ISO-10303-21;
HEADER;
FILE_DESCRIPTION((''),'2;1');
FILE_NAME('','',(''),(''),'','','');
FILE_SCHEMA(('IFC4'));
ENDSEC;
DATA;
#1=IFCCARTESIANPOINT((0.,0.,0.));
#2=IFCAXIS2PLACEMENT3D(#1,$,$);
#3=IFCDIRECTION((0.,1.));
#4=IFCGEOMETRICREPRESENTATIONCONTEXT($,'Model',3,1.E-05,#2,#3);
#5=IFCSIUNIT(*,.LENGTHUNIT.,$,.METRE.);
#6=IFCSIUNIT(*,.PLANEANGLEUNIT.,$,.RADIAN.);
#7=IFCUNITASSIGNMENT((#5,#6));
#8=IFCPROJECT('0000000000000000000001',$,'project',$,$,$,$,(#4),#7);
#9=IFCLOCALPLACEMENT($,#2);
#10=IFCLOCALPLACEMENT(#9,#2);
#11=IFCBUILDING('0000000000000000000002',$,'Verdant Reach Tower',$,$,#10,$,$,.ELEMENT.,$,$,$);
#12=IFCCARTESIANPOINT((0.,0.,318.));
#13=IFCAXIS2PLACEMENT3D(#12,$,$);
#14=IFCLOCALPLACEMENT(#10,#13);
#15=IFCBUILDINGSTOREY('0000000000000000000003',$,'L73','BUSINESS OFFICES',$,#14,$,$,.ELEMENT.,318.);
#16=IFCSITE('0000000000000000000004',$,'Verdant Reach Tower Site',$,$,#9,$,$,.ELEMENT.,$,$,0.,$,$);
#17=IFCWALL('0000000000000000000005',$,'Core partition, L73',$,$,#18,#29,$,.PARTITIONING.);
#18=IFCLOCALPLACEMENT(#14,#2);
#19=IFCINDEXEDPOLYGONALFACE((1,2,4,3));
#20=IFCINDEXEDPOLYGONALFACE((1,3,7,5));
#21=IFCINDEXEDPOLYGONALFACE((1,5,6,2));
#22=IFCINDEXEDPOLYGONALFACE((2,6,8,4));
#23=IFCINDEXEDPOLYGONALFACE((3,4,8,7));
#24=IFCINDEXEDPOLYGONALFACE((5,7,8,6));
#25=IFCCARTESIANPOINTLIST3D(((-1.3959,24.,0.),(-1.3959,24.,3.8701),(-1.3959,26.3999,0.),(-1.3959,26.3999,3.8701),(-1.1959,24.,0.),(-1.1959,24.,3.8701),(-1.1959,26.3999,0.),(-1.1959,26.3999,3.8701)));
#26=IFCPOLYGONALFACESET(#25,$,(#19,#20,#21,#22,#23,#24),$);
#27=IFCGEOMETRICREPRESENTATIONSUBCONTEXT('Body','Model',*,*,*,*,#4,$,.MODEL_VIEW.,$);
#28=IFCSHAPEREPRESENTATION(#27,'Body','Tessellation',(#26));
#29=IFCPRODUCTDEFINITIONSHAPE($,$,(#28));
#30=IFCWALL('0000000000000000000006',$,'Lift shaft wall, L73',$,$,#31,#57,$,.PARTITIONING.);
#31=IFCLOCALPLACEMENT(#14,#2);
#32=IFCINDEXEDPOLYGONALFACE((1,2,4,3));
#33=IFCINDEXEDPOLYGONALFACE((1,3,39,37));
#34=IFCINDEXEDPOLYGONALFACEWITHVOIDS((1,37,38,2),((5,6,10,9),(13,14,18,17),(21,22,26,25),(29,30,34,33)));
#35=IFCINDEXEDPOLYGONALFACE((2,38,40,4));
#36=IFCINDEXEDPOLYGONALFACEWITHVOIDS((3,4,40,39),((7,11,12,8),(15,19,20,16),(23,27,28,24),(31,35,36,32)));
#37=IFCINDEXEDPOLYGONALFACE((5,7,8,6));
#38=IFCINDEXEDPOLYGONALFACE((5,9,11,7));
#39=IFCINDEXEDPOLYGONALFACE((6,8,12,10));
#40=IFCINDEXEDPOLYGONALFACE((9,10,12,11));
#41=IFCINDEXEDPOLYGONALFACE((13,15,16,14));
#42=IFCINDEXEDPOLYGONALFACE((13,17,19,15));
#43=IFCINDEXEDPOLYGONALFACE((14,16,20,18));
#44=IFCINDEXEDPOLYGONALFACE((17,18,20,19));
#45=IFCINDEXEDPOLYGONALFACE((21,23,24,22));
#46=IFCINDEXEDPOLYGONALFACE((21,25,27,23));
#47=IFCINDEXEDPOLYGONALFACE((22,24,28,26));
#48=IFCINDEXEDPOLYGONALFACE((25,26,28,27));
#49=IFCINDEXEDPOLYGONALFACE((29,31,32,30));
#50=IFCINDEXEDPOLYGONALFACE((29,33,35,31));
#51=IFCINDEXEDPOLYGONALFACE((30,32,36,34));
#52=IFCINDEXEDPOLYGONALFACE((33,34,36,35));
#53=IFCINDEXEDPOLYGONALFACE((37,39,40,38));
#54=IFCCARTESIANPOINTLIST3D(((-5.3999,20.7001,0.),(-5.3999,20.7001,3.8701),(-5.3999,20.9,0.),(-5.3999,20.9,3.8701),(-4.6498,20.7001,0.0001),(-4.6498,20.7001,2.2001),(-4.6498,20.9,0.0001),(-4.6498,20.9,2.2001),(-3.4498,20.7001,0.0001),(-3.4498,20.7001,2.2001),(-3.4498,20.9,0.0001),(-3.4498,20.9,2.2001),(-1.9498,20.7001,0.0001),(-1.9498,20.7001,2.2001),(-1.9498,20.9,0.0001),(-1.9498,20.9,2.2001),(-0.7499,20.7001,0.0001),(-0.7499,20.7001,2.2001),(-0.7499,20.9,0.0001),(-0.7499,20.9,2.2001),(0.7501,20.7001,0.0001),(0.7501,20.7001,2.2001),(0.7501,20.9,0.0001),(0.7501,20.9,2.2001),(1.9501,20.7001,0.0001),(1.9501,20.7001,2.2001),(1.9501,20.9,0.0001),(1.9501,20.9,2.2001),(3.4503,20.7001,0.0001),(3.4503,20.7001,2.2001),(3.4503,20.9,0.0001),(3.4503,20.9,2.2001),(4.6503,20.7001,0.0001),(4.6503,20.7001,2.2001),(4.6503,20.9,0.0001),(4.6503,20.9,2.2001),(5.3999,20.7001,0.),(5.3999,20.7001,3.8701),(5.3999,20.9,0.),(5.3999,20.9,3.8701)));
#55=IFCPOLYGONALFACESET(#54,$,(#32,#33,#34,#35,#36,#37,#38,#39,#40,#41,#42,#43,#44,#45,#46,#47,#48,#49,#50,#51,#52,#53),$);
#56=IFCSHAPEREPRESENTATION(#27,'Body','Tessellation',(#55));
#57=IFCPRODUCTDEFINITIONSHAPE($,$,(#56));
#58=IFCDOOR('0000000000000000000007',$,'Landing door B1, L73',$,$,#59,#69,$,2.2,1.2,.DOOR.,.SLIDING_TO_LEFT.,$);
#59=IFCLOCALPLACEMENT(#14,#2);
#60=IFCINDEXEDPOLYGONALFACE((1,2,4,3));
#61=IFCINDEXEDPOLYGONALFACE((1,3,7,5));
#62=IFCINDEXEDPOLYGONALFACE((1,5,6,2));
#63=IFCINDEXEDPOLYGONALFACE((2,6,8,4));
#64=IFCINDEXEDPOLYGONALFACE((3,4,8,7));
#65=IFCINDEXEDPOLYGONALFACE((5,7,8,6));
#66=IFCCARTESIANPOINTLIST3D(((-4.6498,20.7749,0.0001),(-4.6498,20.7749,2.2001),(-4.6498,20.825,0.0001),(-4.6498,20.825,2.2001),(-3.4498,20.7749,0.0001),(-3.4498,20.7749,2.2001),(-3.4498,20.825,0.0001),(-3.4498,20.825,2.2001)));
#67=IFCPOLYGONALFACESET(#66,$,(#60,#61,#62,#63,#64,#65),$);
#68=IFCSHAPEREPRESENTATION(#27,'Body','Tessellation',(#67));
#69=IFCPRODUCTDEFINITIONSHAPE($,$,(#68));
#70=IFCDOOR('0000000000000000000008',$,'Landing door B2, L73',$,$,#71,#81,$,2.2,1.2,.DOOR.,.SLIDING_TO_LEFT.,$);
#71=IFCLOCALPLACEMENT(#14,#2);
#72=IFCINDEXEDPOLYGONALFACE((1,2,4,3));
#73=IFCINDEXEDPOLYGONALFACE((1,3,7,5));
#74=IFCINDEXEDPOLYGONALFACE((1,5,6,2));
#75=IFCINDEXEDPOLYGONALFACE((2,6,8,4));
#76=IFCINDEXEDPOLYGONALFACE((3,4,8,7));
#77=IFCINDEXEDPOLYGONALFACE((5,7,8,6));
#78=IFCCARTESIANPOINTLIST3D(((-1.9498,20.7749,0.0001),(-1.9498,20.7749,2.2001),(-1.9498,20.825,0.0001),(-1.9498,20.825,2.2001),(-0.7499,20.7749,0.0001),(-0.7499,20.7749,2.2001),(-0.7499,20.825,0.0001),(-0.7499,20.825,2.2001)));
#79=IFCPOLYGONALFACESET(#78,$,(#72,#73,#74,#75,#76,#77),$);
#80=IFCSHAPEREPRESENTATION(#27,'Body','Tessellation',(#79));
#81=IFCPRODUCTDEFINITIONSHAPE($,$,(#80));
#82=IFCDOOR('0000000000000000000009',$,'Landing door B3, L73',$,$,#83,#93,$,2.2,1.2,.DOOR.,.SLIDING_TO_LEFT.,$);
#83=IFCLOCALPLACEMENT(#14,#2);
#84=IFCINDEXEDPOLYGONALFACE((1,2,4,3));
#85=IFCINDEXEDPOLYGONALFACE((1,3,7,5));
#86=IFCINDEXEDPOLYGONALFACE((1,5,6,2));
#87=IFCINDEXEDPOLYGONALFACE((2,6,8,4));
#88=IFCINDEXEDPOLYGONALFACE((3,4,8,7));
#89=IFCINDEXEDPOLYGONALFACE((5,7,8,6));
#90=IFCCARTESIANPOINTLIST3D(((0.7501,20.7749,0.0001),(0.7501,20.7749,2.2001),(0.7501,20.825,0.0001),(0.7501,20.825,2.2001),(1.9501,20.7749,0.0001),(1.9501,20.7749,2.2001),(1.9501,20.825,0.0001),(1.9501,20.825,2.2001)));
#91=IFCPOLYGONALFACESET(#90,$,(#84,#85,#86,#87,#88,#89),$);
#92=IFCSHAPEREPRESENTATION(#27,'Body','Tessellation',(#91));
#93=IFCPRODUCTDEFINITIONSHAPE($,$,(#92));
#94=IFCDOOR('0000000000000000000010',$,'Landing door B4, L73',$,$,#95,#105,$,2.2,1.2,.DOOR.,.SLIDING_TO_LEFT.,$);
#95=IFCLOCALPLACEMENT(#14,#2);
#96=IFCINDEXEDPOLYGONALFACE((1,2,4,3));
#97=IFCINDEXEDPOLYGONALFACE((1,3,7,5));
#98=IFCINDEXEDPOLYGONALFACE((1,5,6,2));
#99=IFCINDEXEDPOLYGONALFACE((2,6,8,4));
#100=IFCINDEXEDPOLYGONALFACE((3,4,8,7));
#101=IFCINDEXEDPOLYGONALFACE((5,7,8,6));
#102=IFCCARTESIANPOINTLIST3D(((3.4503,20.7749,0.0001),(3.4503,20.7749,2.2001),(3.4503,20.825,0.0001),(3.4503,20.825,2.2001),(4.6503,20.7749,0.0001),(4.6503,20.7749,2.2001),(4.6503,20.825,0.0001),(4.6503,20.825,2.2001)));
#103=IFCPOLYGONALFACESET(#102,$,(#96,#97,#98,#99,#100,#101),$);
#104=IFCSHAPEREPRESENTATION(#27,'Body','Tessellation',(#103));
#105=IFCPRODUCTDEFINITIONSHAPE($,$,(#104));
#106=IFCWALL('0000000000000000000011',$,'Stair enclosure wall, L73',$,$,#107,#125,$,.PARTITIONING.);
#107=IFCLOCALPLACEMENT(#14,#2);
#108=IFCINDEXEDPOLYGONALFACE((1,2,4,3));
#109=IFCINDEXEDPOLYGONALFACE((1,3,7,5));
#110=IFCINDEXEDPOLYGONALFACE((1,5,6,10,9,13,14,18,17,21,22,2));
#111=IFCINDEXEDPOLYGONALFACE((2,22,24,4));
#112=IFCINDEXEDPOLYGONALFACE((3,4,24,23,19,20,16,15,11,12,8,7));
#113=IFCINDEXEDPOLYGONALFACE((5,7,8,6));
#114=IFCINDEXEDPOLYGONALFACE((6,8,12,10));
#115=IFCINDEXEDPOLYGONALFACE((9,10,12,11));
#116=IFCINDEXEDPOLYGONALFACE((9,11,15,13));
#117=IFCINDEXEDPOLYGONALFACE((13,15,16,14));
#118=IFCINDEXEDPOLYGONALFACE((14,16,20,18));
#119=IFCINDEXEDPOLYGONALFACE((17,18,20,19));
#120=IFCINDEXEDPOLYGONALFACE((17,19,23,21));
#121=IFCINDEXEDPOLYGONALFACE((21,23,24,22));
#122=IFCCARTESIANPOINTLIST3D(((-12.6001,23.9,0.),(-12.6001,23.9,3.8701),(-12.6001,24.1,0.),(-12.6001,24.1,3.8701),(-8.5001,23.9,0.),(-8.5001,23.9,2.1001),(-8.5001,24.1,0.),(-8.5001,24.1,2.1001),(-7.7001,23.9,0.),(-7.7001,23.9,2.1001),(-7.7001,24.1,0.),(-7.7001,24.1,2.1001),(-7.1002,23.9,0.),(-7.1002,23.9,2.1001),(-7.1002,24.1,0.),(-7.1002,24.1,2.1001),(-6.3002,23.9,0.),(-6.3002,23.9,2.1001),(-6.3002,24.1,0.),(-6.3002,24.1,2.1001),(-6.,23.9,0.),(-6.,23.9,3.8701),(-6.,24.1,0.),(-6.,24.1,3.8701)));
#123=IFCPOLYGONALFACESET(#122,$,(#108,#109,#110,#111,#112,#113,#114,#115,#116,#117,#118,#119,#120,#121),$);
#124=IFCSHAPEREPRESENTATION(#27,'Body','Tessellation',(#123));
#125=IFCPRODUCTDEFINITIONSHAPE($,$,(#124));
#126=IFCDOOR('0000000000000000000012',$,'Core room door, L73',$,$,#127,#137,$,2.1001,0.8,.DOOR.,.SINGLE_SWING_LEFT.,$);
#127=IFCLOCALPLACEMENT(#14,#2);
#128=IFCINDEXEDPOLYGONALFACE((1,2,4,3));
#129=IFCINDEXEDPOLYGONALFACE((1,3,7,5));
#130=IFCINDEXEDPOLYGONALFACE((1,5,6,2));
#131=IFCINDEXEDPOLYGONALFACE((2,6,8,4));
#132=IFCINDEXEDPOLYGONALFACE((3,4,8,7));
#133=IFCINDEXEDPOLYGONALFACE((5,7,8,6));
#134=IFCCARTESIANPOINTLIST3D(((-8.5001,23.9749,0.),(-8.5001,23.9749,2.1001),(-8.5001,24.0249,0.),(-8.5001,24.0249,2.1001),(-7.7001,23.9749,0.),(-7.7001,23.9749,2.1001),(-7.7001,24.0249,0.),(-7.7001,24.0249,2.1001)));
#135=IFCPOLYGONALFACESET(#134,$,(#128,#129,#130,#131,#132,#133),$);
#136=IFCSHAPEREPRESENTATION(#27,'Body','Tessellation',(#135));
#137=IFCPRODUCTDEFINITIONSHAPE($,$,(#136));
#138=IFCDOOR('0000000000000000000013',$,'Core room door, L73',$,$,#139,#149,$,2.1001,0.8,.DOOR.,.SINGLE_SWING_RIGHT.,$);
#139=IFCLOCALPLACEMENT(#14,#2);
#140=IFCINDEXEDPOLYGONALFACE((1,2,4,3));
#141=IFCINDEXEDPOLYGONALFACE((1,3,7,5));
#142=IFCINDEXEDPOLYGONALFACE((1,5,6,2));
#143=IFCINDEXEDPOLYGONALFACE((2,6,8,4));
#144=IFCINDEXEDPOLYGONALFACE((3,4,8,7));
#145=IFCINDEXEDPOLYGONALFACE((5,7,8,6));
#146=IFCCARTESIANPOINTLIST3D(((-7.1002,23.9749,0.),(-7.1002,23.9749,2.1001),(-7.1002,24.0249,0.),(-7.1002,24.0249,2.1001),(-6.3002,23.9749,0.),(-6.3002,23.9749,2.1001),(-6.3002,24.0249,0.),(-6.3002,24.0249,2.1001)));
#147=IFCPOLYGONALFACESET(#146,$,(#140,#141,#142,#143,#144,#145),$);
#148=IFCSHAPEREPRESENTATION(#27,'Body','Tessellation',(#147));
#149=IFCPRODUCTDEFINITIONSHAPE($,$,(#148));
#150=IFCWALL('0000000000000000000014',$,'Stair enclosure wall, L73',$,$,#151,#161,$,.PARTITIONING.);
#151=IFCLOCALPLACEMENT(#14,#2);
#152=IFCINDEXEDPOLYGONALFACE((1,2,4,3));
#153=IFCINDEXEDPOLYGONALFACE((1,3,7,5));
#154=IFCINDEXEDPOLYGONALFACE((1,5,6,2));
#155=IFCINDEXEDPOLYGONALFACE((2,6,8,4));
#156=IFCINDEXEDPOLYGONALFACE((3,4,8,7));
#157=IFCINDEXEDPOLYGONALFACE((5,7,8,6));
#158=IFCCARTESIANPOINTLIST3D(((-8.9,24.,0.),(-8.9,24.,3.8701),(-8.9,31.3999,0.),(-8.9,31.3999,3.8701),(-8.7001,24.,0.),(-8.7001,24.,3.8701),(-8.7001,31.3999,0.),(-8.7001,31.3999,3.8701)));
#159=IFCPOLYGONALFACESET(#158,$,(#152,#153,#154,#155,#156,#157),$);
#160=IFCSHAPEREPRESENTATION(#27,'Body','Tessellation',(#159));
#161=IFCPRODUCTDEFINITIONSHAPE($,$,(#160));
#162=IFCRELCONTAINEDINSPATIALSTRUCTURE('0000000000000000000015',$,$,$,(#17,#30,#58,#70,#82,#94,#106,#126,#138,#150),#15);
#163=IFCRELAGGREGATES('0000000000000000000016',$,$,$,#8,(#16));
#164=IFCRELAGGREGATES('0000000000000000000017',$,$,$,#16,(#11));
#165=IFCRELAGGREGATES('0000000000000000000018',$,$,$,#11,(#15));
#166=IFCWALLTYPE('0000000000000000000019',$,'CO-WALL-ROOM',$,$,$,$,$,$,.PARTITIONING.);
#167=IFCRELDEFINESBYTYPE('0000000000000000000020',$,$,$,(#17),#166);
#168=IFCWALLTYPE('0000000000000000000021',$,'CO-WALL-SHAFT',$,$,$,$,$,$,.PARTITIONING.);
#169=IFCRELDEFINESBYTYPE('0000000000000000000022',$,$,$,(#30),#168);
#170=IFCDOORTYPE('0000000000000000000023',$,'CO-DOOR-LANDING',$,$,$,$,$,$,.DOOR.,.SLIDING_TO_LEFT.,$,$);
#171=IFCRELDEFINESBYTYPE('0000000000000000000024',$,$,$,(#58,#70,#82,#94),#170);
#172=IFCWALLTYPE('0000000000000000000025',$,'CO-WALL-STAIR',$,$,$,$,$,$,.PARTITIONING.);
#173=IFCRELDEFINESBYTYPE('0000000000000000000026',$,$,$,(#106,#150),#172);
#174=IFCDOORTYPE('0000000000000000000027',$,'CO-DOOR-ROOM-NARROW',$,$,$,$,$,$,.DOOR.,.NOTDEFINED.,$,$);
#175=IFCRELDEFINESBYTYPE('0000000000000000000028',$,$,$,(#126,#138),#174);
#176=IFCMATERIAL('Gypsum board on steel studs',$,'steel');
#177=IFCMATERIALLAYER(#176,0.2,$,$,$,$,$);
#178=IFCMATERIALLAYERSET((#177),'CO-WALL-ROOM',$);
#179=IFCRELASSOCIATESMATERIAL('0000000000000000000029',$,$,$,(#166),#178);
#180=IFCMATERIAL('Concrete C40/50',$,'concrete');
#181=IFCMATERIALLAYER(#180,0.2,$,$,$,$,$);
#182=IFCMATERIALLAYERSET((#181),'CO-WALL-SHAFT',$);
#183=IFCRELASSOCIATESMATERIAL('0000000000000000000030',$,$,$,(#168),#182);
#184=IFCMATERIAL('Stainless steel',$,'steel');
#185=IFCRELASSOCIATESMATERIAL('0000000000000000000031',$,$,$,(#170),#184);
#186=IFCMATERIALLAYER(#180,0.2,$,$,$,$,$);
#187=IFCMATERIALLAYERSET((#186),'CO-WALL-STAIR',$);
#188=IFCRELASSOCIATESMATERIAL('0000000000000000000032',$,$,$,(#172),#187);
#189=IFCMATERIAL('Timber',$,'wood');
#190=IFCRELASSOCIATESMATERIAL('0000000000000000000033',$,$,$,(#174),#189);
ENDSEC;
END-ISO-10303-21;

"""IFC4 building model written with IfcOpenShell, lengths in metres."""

from ifc_helpers import new_model, si_unit, direction, frame, frame_2d, origin, place, context, subcontext, project, spatial, rectangle, extrude, material, layer, layer_set, type_object, element, fill, save


model = new_model("IFC4")

# Units and contexts
model_context = context("Model", 3, precision=1e-05, world=origin(), true_north=direction((0.0, 1.0)))
body_context = subcontext(model_context, "Body", "Model", "MODEL_VIEW")
ifc_project = project(units=[si_unit("LENGTHUNIT", "METRE"), si_unit("PLANEANGLEUNIT", "RADIAN")], contexts=[model_context])

# Site, building, storey
site_placement = place(None, origin())
site = spatial("IfcSite", under=ifc_project, at=site_placement, Name="Verdant Reach Tower Site", CompositionType="ELEMENT", RefElevation=0.0)
building_placement = place(site_placement, origin())
building = spatial("IfcBuilding", under=site, at=building_placement, Name="Verdant Reach Tower", CompositionType="ELEMENT")
storey_placement = place(building_placement, frame((0.0, 0.0, 318.0)))
storey = spatial("IfcBuildingStorey", under=building, at=storey_placement, Name="L73", Description="BUSINESS OFFICES", CompositionType="ELEMENT", Elevation=318.0)

# Shared definitions
ifc_material_1 = material(Name="Gypsum board on steel studs", Category="steel")
ifc_layer_1 = layer(ifc_material_1, 0.2)
ifc_layer_set_1 = layer_set([ifc_layer_1], Name="CO-WALL-ROOM")
wall_type_1 = type_object("IfcWallType", Name="CO-WALL-ROOM", PredefinedType="PARTITIONING", material=ifc_layer_set_1)
ifc_material_2 = material(Name="Timber", Category="wood")

# Wall
wall_1_placement = place(storey_placement, frame((-1.2959, 24.0, 0.0), z_axis=(0.0, 0.0, 1.0), x_axis=(0.0, 1.0, 0.0)))
element("IfcWall", 1, at=wall_1_placement, inside=storey, type_object=wall_type_1, Name="Core partition, L73", PredefinedType="PARTITIONING", context=body_context, shape_type="SweptSolid", body=[
    extrude(rectangle(XDim=2.3999, YDim=0.2, at=frame_2d((1.2, 0.0))), origin(), (0.0, 0.0, 1.0), 3.8701),
])

# Walls, openings, doors
ifc_material_3 = material(Name="Concrete C40/50", Category="concrete")
ifc_layer_2 = layer(ifc_material_3, 0.2)
ifc_layer_set_2 = layer_set([ifc_layer_2], Name="CO-WALL-SHAFT")
wall_type_2 = type_object("IfcWallType", Name="CO-WALL-SHAFT", PredefinedType="PARTITIONING", material=ifc_layer_set_2)
wall_2_placement = place(storey_placement, frame((-5.3999, 20.8, 0.0), z_axis=(0.0, 0.0, 1.0), x_axis=(1.0, 0.0, 0.0)))
wall_2 = element("IfcWall", 2, at=wall_2_placement, inside=storey, type_object=wall_type_2, Name="Lift shaft wall, L73", PredefinedType="PARTITIONING", context=body_context, shape_type="SweptSolid", body=[
    extrude(rectangle(XDim=10.7998, YDim=0.2, at=frame_2d((5.3999, 0.0))), origin(), (0.0, 0.0, 1.0), 3.8701),
])
opening_1_placement = place(wall_2_placement, frame((0.75, 0.0, 0.0)))
opening_1 = element("IfcOpeningElement", 3, at=opening_1_placement, cuts=wall_2, PredefinedType="OPENING", context=body_context, shape_type="SweptSolid", body=[
    extrude(rectangle(XDim=1.2, YDim=2.2, at=frame_2d((0.6001, 1.1001))), frame((0.0, 0.1099, 0.0), z_axis=(0.0, -1.0, 0.0), x_axis=(1.0, 0.0, 0.0)), (0.0, 0.0, 1.0), 0.22),
])
opening_2_placement = place(wall_2_placement, frame((3.45, 0.0, 0.0)))
opening_2 = element("IfcOpeningElement", 4, at=opening_2_placement, cuts=wall_2, PredefinedType="OPENING", context=body_context, shape_type="SweptSolid", body=[
    extrude(rectangle(XDim=1.2, YDim=2.2, at=frame_2d((0.6001, 1.1001))), frame((0.0, 0.1099, 0.0), z_axis=(0.0, -1.0, 0.0), x_axis=(1.0, 0.0, 0.0)), (0.0, 0.0, 1.0), 0.22),
])
opening_3_placement = place(wall_2_placement, frame((6.1499, 0.0, 0.0)))
opening_3 = element("IfcOpeningElement", 5, at=opening_3_placement, cuts=wall_2, PredefinedType="OPENING", context=body_context, shape_type="SweptSolid", body=[
    extrude(rectangle(XDim=1.2, YDim=2.2, at=frame_2d((0.6001, 1.1001))), frame((0.0, 0.1099, 0.0), z_axis=(0.0, -1.0, 0.0), x_axis=(1.0, 0.0, 0.0)), (0.0, 0.0, 1.0), 0.22),
])
opening_4_placement = place(wall_2_placement, frame((8.8501, 0.0, 0.0)))
opening_4 = element("IfcOpeningElement", 6, at=opening_4_placement, cuts=wall_2, PredefinedType="OPENING", context=body_context, shape_type="SweptSolid", body=[
    extrude(rectangle(XDim=1.2, YDim=2.2, at=frame_2d((0.6001, 1.1001))), frame((0.0, 0.1099, 0.0), z_axis=(0.0, -1.0, 0.0), x_axis=(1.0, 0.0, 0.0)), (0.0, 0.0, 1.0), 0.22),
])
ifc_material_4 = material(Name="Stainless steel", Category="steel")
door_type_1 = type_object("IfcDoorType", Name="CO-DOOR-LANDING", OperationType="SLIDING_TO_LEFT", PredefinedType="DOOR", material=ifc_material_4)
door_1_placement = place(opening_1_placement, origin())
door_1 = element("IfcDoor", 7, at=door_1_placement, inside=storey, type_object=door_type_1, Name="Landing door B1, L73", OperationType="SLIDING_TO_LEFT", OverallHeight=2.2, OverallWidth=1.2, PredefinedType="DOOR", context=body_context, shape_type="SweptSolid", body=[
    extrude(rectangle(XDim=1.2, YDim=2.2, at=frame_2d((0.6001, 1.1001))), frame((0.0, 0.0249, 0.0), z_axis=(0.0, -1.0, 0.0), x_axis=(1.0, 0.0, 0.0)), (0.0, 0.0, 1.0), 0.05),
])
fill(opening_1, door_1)
door_2_placement = place(opening_2_placement, origin())
door_2 = element("IfcDoor", 8, at=door_2_placement, inside=storey, type_object=door_type_1, Name="Landing door B2, L73", OperationType="SLIDING_TO_LEFT", OverallHeight=2.2, OverallWidth=1.2, PredefinedType="DOOR", context=body_context, shape_type="SweptSolid", body=[
    extrude(rectangle(XDim=1.2, YDim=2.2, at=frame_2d((0.6001, 1.1001))), frame((0.0, 0.0249, 0.0), z_axis=(0.0, -1.0, 0.0), x_axis=(1.0, 0.0, 0.0)), (0.0, 0.0, 1.0), 0.05),
])
fill(opening_2, door_2)
door_3_placement = place(opening_3_placement, origin())
door_3 = element("IfcDoor", 9, at=door_3_placement, inside=storey, type_object=door_type_1, Name="Landing door B3, L73", OperationType="SLIDING_TO_LEFT", OverallHeight=2.2, OverallWidth=1.2, PredefinedType="DOOR", context=body_context, shape_type="SweptSolid", body=[
    extrude(rectangle(XDim=1.2, YDim=2.2, at=frame_2d((0.6001, 1.1001))), frame((0.0, 0.0249, 0.0), z_axis=(0.0, -1.0, 0.0), x_axis=(1.0, 0.0, 0.0)), (0.0, 0.0, 1.0), 0.05),
])
fill(opening_3, door_3)
door_4_placement = place(opening_4_placement, origin())
door_4 = element("IfcDoor", 10, at=door_4_placement, inside=storey, type_object=door_type_1, Name="Landing door B4, L73", OperationType="SLIDING_TO_LEFT", OverallHeight=2.2, OverallWidth=1.2, PredefinedType="DOOR", context=body_context, shape_type="SweptSolid", body=[
    extrude(rectangle(XDim=1.2, YDim=2.2, at=frame_2d((0.6001, 1.1001))), frame((0.0, 0.0249, 0.0), z_axis=(0.0, -1.0, 0.0), x_axis=(1.0, 0.0, 0.0)), (0.0, 0.0, 1.0), 0.05),
])
fill(opening_4, door_4)
ifc_layer_3 = layer(ifc_material_3, 0.2)
ifc_layer_set_3 = layer_set([ifc_layer_3], Name="CO-WALL-STAIR")
wall_type_3 = type_object("IfcWallType", Name="CO-WALL-STAIR", PredefinedType="PARTITIONING", material=ifc_layer_set_3)
wall_3_placement = place(storey_placement, frame((-12.6001, 24.0, 0.0), z_axis=(0.0, 0.0, 1.0), x_axis=(1.0, 0.0, 0.0)))
wall_3 = element("IfcWall", 11, at=wall_3_placement, inside=storey, type_object=wall_type_3, Name="Stair enclosure wall, L73", PredefinedType="PARTITIONING", context=body_context, shape_type="SweptSolid", body=[
    extrude(rectangle(XDim=6.6001, YDim=0.2, at=frame_2d((3.3, 0.0))), origin(), (0.0, 0.0, 1.0), 3.8701),
])
opening_5_placement = place(wall_3_placement, frame((4.1001, 0.0, 0.0)))
opening_5 = element("IfcOpeningElement", 12, at=opening_5_placement, cuts=wall_3, PredefinedType="OPENING", context=body_context, shape_type="SweptSolid", body=[
    extrude(rectangle(XDim=0.8, YDim=2.1001, at=frame_2d((0.3999, 1.05))), frame((0.0, 0.1099, 0.0), z_axis=(0.0, -1.0, 0.0), x_axis=(1.0, 0.0, 0.0)), (0.0, 0.0, 1.0), 0.22),
])
opening_6_placement = place(wall_3_placement, frame((5.5, 0.0, 0.0)))
opening_6 = element("IfcOpeningElement", 13, at=opening_6_placement, cuts=wall_3, PredefinedType="OPENING", context=body_context, shape_type="SweptSolid", body=[
    extrude(rectangle(XDim=0.8, YDim=2.1001, at=frame_2d((0.3999, 1.05))), frame((0.0, 0.1099, 0.0), z_axis=(0.0, -1.0, 0.0), x_axis=(1.0, 0.0, 0.0)), (0.0, 0.0, 1.0), 0.22),
])
door_type_2 = type_object("IfcDoorType", Name="CO-DOOR-ROOM-NARROW", OperationType="NOTDEFINED", PredefinedType="DOOR", material=ifc_material_2)
door_5_placement = place(opening_5_placement, origin())
door_5 = element("IfcDoor", 14, at=door_5_placement, inside=storey, type_object=door_type_2, Name="Core room door, L73", OperationType="SINGLE_SWING_LEFT", OverallHeight=2.1001, OverallWidth=0.8, PredefinedType="DOOR", context=body_context, shape_type="SweptSolid", body=[
    extrude(rectangle(XDim=0.8, YDim=2.1001, at=frame_2d((0.3999, 1.05))), frame((0.0, 0.0249, 0.0), z_axis=(0.0, -1.0, 0.0), x_axis=(1.0, 0.0, 0.0)), (0.0, 0.0, 1.0), 0.05),
])
fill(opening_5, door_5)
door_6_placement = place(opening_6_placement, origin())
door_6 = element("IfcDoor", 15, at=door_6_placement, inside=storey, type_object=door_type_2, Name="Core room door, L73", OperationType="SINGLE_SWING_RIGHT", OverallHeight=2.1001, OverallWidth=0.8, PredefinedType="DOOR", context=body_context, shape_type="SweptSolid", body=[
    extrude(rectangle(XDim=0.8, YDim=2.1001, at=frame_2d((0.3999, 1.05))), frame((0.0, 0.0249, 0.0), z_axis=(0.0, -1.0, 0.0), x_axis=(1.0, 0.0, 0.0)), (0.0, 0.0, 1.0), 0.05),
])
fill(opening_6, door_6)

# Wall
wall_4_placement = place(storey_placement, frame((-8.8, 24.0, 0.0), z_axis=(0.0, 0.0, 1.0), x_axis=(0.0, 1.0, 0.0)))
element("IfcWall", 16, at=wall_4_placement, inside=storey, type_object=wall_type_3, Name="Stair enclosure wall, L73", PredefinedType="PARTITIONING", context=body_context, shape_type="SweptSolid", body=[
    extrude(rectangle(XDim=7.3999, YDim=0.2, at=frame_2d((3.7, 0.0))), origin(), (0.0, 0.0, 1.0), 3.8701),
])

save(model, "model.ifc")
